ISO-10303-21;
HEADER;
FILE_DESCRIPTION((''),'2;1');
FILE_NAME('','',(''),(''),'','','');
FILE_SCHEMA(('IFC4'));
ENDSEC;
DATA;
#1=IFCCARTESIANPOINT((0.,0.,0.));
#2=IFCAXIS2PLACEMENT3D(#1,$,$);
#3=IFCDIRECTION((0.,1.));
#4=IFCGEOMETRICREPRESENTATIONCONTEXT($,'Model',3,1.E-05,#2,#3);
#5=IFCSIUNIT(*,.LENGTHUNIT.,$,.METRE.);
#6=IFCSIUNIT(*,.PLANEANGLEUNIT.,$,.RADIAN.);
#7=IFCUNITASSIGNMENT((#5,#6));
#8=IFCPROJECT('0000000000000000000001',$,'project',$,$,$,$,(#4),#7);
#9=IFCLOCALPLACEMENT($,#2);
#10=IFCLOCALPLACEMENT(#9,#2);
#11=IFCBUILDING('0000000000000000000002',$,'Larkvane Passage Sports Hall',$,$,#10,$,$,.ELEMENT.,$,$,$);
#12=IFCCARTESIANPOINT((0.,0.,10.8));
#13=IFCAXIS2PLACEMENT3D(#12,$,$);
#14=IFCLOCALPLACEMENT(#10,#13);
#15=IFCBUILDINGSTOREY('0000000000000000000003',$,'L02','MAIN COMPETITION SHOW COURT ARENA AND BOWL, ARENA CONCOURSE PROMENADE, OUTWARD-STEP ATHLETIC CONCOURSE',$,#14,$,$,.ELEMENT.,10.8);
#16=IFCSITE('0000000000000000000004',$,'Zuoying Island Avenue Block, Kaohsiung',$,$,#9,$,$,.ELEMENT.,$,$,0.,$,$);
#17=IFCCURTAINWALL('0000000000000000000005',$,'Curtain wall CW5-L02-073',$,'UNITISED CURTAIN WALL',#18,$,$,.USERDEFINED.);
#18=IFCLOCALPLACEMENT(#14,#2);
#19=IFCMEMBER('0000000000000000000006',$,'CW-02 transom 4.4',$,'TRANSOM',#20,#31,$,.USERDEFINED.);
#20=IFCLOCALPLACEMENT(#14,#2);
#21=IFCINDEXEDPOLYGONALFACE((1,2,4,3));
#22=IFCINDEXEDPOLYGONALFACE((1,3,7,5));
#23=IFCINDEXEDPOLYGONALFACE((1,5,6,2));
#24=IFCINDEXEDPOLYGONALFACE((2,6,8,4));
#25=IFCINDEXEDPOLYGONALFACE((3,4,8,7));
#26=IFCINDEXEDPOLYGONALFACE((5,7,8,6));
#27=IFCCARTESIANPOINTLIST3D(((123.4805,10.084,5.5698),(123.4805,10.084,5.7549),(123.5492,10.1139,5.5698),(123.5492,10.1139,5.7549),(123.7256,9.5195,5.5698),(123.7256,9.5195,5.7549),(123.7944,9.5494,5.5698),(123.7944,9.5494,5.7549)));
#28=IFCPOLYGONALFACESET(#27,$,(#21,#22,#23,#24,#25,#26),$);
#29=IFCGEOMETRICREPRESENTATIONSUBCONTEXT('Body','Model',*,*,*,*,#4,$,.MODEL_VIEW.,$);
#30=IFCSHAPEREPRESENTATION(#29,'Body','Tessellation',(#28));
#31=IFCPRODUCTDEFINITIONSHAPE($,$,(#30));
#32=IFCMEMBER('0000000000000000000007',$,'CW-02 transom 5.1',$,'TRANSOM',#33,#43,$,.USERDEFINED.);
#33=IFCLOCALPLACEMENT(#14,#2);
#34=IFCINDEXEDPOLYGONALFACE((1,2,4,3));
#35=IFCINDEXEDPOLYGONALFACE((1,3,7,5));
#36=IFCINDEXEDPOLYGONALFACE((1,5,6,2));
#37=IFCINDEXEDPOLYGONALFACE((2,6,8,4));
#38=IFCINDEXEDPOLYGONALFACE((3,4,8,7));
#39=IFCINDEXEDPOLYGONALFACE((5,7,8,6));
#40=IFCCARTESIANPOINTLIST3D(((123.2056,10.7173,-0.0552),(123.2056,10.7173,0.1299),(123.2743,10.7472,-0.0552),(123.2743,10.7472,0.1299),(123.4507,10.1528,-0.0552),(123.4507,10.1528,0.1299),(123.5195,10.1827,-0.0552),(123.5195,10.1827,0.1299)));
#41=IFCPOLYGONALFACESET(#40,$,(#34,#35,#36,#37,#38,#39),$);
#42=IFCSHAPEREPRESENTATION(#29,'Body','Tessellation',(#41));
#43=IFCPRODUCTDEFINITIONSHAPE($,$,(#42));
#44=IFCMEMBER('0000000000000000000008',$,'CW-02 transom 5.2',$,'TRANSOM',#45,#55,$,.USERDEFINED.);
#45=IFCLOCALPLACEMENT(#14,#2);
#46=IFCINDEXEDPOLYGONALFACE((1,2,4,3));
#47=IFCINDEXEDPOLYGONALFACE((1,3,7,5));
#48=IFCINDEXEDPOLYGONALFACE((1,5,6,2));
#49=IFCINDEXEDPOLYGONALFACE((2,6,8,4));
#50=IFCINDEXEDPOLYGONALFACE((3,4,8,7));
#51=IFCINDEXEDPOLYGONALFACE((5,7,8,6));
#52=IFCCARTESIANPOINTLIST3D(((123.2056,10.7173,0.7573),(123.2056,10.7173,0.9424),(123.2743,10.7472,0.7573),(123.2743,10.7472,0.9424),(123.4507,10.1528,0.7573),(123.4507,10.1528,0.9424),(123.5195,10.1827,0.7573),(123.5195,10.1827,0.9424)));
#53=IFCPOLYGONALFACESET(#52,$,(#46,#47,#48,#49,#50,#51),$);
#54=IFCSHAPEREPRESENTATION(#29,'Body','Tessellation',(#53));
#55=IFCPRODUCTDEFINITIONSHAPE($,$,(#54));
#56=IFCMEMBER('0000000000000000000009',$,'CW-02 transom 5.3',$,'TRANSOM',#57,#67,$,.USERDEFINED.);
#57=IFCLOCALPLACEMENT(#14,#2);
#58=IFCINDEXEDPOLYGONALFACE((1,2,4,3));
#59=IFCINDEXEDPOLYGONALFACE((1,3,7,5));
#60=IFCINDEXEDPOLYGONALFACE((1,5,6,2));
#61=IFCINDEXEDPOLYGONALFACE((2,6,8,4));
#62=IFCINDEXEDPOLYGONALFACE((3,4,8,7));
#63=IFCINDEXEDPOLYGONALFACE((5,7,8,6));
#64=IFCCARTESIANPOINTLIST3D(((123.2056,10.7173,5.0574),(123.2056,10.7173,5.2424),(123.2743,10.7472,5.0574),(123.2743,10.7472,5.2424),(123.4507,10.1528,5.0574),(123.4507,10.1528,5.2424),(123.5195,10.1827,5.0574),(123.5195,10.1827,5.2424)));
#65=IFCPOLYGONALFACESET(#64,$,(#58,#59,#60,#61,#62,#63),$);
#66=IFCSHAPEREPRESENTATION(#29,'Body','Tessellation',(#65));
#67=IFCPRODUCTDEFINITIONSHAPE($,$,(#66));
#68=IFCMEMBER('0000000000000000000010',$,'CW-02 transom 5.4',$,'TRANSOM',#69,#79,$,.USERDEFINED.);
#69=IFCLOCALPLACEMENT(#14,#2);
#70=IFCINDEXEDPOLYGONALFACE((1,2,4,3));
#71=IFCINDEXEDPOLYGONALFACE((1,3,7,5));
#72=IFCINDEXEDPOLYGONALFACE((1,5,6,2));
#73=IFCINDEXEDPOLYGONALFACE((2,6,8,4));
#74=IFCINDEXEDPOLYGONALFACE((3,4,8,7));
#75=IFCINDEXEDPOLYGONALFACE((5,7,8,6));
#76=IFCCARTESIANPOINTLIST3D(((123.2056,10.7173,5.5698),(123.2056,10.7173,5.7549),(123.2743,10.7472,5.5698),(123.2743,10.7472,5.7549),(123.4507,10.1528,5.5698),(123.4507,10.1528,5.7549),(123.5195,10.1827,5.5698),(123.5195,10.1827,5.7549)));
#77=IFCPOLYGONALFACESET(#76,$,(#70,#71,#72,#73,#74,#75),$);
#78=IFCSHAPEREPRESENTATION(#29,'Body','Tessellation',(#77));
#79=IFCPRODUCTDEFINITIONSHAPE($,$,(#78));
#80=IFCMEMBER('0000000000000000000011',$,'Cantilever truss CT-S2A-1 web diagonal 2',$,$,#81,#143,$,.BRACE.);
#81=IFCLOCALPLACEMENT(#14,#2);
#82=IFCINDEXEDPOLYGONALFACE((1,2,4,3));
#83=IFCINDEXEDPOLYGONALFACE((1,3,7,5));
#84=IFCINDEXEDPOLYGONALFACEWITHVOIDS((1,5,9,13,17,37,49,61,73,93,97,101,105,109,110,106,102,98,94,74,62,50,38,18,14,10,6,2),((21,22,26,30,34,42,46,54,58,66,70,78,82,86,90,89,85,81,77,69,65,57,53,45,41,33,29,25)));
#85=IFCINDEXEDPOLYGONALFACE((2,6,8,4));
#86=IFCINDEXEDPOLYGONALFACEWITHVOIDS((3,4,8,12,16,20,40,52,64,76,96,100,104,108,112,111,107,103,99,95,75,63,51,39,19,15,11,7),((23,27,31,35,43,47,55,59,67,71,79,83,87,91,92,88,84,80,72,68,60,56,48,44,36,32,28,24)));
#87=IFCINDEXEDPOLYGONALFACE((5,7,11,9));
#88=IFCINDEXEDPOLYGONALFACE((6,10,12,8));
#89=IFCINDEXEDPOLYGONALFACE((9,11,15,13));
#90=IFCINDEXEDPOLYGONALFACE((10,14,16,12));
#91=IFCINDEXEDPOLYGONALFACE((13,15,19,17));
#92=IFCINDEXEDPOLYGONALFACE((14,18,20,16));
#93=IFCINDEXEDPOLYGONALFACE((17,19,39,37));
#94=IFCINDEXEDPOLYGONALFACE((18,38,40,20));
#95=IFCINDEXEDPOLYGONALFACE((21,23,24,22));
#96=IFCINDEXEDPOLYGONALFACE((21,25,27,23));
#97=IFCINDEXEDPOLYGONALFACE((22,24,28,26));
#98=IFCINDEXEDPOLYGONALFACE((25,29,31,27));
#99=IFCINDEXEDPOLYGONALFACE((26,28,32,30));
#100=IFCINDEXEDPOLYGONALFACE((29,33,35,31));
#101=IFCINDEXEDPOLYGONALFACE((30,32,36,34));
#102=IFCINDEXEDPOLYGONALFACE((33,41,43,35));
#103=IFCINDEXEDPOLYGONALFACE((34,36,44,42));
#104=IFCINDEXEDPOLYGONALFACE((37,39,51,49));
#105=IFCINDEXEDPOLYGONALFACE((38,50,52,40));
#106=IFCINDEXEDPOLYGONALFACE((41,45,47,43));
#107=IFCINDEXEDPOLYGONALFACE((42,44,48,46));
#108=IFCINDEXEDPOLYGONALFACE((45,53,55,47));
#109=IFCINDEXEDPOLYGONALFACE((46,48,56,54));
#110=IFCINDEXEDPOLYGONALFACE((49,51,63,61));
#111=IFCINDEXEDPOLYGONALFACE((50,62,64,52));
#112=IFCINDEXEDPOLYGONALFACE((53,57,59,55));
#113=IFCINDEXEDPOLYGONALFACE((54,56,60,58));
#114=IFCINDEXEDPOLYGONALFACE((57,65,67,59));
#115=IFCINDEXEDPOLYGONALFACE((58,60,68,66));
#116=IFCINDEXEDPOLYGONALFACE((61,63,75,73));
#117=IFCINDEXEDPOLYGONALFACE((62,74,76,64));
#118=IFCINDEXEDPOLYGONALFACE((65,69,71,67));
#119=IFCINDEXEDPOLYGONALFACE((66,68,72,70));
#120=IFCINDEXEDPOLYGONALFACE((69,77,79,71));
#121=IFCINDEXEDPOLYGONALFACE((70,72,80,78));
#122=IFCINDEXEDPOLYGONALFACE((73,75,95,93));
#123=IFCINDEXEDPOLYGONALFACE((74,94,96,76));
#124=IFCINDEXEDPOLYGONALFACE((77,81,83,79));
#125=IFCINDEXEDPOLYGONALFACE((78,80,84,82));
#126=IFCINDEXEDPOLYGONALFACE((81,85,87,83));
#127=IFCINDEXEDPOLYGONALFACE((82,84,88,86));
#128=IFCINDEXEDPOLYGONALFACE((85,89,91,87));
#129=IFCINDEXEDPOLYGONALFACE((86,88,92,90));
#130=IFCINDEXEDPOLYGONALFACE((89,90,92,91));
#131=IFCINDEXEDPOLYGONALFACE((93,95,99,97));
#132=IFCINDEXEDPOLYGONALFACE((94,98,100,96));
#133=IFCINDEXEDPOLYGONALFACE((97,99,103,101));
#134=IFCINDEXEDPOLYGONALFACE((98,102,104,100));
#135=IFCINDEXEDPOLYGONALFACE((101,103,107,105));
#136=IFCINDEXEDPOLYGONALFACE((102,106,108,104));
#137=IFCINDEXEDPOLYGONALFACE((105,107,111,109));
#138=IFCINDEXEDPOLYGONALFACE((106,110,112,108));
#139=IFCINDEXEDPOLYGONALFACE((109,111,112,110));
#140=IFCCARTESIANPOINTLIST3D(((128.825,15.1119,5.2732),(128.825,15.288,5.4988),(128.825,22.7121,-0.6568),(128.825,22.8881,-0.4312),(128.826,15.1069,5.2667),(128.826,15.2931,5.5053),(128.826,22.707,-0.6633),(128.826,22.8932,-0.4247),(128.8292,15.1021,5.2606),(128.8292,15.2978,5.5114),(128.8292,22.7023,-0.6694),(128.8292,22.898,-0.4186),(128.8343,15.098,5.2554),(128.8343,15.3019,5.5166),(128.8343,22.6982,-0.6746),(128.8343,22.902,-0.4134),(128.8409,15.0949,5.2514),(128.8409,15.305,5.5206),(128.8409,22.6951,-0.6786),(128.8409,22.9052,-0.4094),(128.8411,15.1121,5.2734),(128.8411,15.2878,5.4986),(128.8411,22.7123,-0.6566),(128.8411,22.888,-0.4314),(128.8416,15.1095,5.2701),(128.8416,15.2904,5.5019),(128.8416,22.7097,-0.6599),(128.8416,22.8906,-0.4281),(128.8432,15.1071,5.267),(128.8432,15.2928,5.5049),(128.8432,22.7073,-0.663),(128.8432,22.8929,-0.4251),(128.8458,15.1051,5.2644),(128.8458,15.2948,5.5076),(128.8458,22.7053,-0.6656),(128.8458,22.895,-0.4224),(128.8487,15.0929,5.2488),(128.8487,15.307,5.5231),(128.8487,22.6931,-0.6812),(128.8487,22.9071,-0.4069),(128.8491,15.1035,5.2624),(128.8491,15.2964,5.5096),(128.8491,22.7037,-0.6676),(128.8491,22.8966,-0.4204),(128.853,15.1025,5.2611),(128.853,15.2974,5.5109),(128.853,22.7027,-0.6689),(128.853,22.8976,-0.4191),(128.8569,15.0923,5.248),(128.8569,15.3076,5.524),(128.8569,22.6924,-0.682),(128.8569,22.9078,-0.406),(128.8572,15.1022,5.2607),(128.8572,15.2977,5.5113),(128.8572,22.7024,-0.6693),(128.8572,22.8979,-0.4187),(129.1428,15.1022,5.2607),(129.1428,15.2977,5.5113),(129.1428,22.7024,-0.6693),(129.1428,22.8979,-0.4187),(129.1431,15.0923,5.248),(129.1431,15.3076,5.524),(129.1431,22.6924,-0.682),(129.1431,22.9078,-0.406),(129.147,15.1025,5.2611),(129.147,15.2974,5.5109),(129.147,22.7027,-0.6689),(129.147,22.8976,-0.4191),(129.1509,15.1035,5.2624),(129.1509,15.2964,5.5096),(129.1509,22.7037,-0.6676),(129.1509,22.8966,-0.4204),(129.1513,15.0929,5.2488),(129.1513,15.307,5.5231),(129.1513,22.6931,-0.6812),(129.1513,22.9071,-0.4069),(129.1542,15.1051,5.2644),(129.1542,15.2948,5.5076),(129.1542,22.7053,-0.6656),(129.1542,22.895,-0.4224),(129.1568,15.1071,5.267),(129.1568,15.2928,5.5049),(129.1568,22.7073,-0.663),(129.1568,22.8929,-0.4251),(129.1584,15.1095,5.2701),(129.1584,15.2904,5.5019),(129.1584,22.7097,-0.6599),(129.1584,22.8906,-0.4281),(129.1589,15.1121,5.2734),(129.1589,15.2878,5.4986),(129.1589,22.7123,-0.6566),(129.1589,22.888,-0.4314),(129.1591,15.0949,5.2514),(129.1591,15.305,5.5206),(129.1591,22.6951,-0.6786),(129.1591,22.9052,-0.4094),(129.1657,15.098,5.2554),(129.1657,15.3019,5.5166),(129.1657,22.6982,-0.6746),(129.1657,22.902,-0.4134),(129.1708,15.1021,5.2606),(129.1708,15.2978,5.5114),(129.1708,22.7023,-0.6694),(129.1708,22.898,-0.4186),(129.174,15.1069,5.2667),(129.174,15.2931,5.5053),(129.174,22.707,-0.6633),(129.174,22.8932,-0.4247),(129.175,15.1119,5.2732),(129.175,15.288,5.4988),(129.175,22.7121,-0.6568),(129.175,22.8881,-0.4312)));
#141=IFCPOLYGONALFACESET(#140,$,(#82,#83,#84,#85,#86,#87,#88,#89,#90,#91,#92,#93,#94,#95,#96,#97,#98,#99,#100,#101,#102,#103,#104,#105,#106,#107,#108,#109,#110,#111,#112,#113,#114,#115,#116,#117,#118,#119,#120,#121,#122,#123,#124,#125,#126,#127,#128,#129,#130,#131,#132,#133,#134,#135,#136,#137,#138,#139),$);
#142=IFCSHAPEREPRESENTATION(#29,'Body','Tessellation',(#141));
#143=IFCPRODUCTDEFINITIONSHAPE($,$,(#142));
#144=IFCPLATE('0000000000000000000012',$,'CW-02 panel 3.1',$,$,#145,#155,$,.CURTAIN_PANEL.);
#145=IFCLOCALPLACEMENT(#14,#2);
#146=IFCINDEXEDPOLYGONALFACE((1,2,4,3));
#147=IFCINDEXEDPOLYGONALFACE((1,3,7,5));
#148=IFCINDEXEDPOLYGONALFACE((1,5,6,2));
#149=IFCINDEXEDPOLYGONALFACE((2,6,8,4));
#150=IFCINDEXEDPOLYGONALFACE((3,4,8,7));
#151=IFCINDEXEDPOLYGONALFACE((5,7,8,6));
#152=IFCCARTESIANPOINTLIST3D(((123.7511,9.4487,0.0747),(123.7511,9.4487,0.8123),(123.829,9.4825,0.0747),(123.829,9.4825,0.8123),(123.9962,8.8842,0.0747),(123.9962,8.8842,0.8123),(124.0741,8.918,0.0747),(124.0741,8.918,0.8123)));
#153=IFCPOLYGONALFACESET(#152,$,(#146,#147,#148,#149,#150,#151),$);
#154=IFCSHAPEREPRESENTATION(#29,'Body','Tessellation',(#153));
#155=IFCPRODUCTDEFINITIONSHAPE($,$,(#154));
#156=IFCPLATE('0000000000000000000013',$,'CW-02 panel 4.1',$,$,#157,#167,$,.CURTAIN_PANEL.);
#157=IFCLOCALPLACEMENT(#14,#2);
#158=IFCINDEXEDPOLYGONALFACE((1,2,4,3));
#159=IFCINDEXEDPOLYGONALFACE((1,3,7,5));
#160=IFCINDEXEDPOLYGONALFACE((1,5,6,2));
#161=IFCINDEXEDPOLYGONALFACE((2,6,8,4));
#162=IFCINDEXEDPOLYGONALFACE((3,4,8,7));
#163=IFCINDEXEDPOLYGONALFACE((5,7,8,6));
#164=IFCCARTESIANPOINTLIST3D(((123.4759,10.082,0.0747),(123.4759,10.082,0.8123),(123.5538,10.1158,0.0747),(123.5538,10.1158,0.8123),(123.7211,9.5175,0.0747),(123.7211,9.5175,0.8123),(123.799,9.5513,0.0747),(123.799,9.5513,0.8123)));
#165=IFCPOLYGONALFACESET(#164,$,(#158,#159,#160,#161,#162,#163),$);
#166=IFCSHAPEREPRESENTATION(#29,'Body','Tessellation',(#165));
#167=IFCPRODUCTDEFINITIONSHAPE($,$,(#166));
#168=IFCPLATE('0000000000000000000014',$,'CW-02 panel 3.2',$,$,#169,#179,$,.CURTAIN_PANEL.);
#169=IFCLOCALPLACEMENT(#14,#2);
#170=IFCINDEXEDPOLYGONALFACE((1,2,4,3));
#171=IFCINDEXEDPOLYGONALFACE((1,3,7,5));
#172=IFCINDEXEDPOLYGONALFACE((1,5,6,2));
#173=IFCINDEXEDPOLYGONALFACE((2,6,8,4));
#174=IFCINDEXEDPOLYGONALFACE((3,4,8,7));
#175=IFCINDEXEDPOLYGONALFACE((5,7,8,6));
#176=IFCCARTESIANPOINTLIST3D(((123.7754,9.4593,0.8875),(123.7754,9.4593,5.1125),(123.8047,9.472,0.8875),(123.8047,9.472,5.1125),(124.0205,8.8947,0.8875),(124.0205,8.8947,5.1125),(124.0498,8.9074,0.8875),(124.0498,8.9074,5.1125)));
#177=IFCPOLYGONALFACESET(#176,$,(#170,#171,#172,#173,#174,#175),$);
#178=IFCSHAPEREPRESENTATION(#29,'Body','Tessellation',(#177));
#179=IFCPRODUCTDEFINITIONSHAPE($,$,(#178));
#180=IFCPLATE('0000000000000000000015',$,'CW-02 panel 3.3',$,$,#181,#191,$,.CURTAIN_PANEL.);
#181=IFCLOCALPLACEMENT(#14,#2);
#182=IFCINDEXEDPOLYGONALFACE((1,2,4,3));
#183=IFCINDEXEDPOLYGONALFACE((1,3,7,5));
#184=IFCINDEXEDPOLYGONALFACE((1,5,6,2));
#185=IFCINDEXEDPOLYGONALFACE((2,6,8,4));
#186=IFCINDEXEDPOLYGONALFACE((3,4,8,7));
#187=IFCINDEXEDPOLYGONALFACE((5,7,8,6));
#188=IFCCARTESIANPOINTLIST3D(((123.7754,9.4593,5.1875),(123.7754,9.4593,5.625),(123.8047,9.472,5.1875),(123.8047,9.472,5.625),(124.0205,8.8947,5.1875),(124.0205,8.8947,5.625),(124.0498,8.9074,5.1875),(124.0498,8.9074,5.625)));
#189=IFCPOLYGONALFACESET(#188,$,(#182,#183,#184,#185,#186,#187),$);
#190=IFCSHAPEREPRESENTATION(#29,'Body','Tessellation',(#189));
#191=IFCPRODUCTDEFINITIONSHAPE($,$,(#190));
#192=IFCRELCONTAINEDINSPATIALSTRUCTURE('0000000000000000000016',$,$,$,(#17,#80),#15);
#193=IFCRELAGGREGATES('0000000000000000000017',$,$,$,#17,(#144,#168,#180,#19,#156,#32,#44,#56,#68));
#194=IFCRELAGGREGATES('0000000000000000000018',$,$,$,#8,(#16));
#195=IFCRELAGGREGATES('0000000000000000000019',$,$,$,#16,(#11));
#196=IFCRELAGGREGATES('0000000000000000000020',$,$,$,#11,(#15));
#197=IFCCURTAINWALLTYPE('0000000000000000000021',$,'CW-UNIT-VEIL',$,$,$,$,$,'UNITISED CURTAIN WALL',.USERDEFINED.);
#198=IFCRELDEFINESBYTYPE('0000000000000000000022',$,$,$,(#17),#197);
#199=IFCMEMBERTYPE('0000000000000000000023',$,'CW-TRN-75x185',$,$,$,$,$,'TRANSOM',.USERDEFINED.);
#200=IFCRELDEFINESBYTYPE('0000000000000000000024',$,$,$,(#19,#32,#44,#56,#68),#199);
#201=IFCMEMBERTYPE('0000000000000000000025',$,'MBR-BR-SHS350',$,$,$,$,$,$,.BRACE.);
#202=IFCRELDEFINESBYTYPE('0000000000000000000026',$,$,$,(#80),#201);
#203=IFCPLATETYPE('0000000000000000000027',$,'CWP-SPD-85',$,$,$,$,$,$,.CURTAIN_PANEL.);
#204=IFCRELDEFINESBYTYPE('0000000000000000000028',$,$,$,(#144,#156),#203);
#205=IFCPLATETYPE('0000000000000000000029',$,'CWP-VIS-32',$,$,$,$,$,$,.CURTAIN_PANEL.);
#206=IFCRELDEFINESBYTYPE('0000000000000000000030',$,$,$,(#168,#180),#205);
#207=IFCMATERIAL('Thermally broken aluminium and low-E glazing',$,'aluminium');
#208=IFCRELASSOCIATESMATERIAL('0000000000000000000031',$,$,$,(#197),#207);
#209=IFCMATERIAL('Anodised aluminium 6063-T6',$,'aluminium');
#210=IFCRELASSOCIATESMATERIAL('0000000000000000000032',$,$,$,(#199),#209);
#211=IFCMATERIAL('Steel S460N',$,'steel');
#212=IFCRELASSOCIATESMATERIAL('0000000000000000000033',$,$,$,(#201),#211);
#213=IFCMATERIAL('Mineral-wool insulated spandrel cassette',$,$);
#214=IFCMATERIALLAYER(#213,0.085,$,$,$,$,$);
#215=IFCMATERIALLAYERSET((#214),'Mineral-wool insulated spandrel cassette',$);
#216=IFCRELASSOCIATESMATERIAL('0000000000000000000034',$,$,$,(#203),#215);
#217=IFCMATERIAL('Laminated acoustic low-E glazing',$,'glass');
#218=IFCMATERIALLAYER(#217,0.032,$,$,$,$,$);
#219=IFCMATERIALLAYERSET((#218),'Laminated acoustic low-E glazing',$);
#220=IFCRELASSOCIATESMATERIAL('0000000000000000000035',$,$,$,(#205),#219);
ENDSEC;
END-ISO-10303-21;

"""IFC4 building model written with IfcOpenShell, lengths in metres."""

from ifc_helpers import new_model, si_unit, direction, frame, origin, origin_2d, place, context, subcontext, project, spatial, rectangle, hollow_rectangle, extrude, material, layer, layer_set, material_profile, profile_set, type_object, element, aggregate, save


model = new_model("IFC4")

# Units and contexts
model_context = context("Model", 3, precision=1e-05, world=origin(), true_north=direction((0.0, 1.0)))
body_context = subcontext(model_context, "Body", "Model", "MODEL_VIEW")
ifc_project = project(units=[si_unit("LENGTHUNIT", "METRE"), si_unit("PLANEANGLEUNIT", "RADIAN")], contexts=[model_context])

# Site, building, storey
site_placement = place(None, origin())
site = spatial("IfcSite", under=ifc_project, at=site_placement, Name="Zuoying Island Avenue Block, Kaohsiung", CompositionType="ELEMENT", RefElevation=0.0)
building_placement = place(site_placement, origin())
building = spatial("IfcBuilding", under=site, at=building_placement, Name="Larkvane Passage Sports Hall", CompositionType="ELEMENT")
storey_placement = place(building_placement, frame((0.0, 0.0, 10.8)))
storey = spatial("IfcBuildingStorey", under=building, at=storey_placement, Name="L02", Description="MAIN COMPETITION SHOW COURT ARENA AND BOWL, ARENA CONCOURSE PROMENADE, OUTWARD-STEP ATHLETIC CONCOURSE", CompositionType="ELEMENT", Elevation=10.8)

# Shared definitions
ifc_material_1 = material(Name="Steel S460N", Category="steel")

# Curtain wall, members
ifc_material_2 = material(Name="Thermally broken aluminium and low-E glazing", Category="aluminium")
curtain_wall_type = type_object("IfcCurtainWallType", Name="CW-UNIT-VEIL", ElementType="UNITISED CURTAIN WALL", PredefinedType="USERDEFINED", material=ifc_material_2)
curtain_wall_placement = place(storey_placement, origin())
curtain_wall = element("IfcCurtainWall", 1, at=curtain_wall_placement, inside=storey, type_object=curtain_wall_type, Name="Curtain wall CW5-L02-073", ObjectType="UNITISED CURTAIN WALL", PredefinedType="USERDEFINED")
ifc_material_3 = material(Name="Anodised aluminium 6063-T6", Category="aluminium")
ifc_material_profile_1 = material_profile(ifc_material_3, rectangle(XDim=0.075, YDim=0.1851, at=origin_2d()), Name="ALU-TRN-75x185")
ifc_profile_set_1 = profile_set([ifc_material_profile_1], Name="Anodised aluminium 6063-T6")
member_type_1 = type_object("IfcMemberType", Name="CW-TRN-75x185", ElementType="TRANSOM", PredefinedType="USERDEFINED", material=ifc_profile_set_1)
member_1_placement = place(storey_placement, frame((123.76, 9.5344, 5.6624), z_axis=(-0.39832, 0.917247, 0.0), x_axis=(-0.917247, -0.39832, 0.0)))
member_1 = element("IfcMember", 2, at=member_1_placement, type_object=member_type_1, Name="CW-02 transom 4.4", ObjectType="TRANSOM", PredefinedType="USERDEFINED", context=body_context, shape_type="SweptSolid", body=[
    extrude(rectangle(XDim=0.075, YDim=0.1851, at=origin_2d()), origin(), (0.0, 0.0, 1.0), 0.6155),
])
member_2_placement = place(storey_placement, frame((123.4851, 10.1677, 0.0374), z_axis=(-0.39832, 0.917247, 0.0), x_axis=(-0.917247, -0.39832, 0.0)))
member_2 = element("IfcMember", 3, at=member_2_placement, type_object=member_type_1, Name="CW-02 transom 5.1", ObjectType="TRANSOM", PredefinedType="USERDEFINED", context=body_context, shape_type="SweptSolid", body=[
    extrude(rectangle(XDim=0.075, YDim=0.1851, at=origin_2d()), origin(), (0.0, 0.0, 1.0), 0.6155),
])
member_3_placement = place(storey_placement, frame((123.4851, 10.1677, 0.8499), z_axis=(-0.39832, 0.917247, 0.0), x_axis=(-0.917247, -0.39832, 0.0)))
member_3 = element("IfcMember", 4, at=member_3_placement, type_object=member_type_1, Name="CW-02 transom 5.2", ObjectType="TRANSOM", PredefinedType="USERDEFINED", context=body_context, shape_type="SweptSolid", body=[
    extrude(rectangle(XDim=0.075, YDim=0.1851, at=origin_2d()), origin(), (0.0, 0.0, 1.0), 0.6155),
])
member_4_placement = place(storey_placement, frame((123.4851, 10.1677, 5.1499), z_axis=(-0.39832, 0.917247, 0.0), x_axis=(-0.917247, -0.39832, 0.0)))
member_4 = element("IfcMember", 5, at=member_4_placement, type_object=member_type_1, Name="CW-02 transom 5.3", ObjectType="TRANSOM", PredefinedType="USERDEFINED", context=body_context, shape_type="SweptSolid", body=[
    extrude(rectangle(XDim=0.075, YDim=0.1851, at=origin_2d()), origin(), (0.0, 0.0, 1.0), 0.6155),
])
member_5_placement = place(storey_placement, frame((123.4851, 10.1677, 5.6624), z_axis=(-0.39832, 0.917247, 0.0), x_axis=(-0.917247, -0.39832, 0.0)))
member_5 = element("IfcMember", 6, at=member_5_placement, type_object=member_type_1, Name="CW-02 transom 5.4", ObjectType="TRANSOM", PredefinedType="USERDEFINED", context=body_context, shape_type="SweptSolid", body=[
    extrude(rectangle(XDim=0.075, YDim=0.1851, at=origin_2d()), origin(), (0.0, 0.0, 1.0), 0.6155),
])

# Member
ifc_material_profile_2 = material_profile(ifc_material_1, hollow_rectangle(XDim=0.3501, YDim=0.3501, WallThickness=0.0161, InnerFilletRadius=0.0161, OuterFilletRadius=0.032, at=origin_2d()), Name="SHS-350x350x16")
ifc_profile_set_2 = profile_set([ifc_material_profile_2], Name="Steel S460N")
member_type_2 = type_object("IfcMemberType", Name="MBR-BR-SHS350", PredefinedType="BRACE", material=ifc_profile_set_2)
member_6_placement = place(storey_placement, frame((129.0, 15.2, 5.386), z_axis=(0.0, 0.788409, -0.615151), x_axis=(-1.0, 0.0, 0.0)))
element("IfcMember", 7, at=member_6_placement, inside=storey, type_object=member_type_2, Name="Cantilever truss CT-S2A-1 web diagonal 2", PredefinedType="BRACE", context=body_context, shape_type="SweptSolid", body=[
    extrude(hollow_rectangle(XDim=0.3501, YDim=0.3501, WallThickness=0.0161, InnerFilletRadius=0.0161, OuterFilletRadius=0.032, at=origin_2d()), origin(), (0.0, 0.0, 1.0), 9.6399),
])

# Plates
ifc_material_4 = material(Name="Mineral-wool insulated spandrel cassette")
ifc_layer_1 = layer(ifc_material_4, 0.085)
ifc_layer_set_1 = layer_set([ifc_layer_1], Name="Mineral-wool insulated spandrel cassette")
plate_type_1 = type_object("IfcPlateType", Name="CWP-SPD-85", PredefinedType="CURTAIN_PANEL", material=ifc_layer_set_1)
plate_1_placement = place(storey_placement, frame((123.9126, 9.1833, 0.0747), z_axis=(0.0, 0.0, 1.0), x_axis=(-0.398283, 0.917263, 0.0)))
plate_1 = element("IfcPlate", 8, at=plate_1_placement, type_object=plate_type_1, Name="CW-02 panel 3.1", PredefinedType="CURTAIN_PANEL", context=body_context, shape_type="SweptSolid", body=[
    extrude(rectangle(XDim=0.6155, YDim=0.085, at=origin_2d()), origin(), (0.0, 0.0, 1.0), 0.7375),
])
plate_2_placement = place(storey_placement, frame((123.6375, 9.8167, 0.0747), z_axis=(0.0, 0.0, 1.0), x_axis=(-0.398283, 0.917263, 0.0)))
plate_2 = element("IfcPlate", 9, at=plate_2_placement, type_object=plate_type_1, Name="CW-02 panel 4.1", PredefinedType="CURTAIN_PANEL", context=body_context, shape_type="SweptSolid", body=[
    extrude(rectangle(XDim=0.6155, YDim=0.085, at=origin_2d()), origin(), (0.0, 0.0, 1.0), 0.7375),
])
ifc_material_5 = material(Name="Laminated acoustic low-E glazing", Category="glass")
ifc_layer_2 = layer(ifc_material_5, 0.032)
ifc_layer_set_2 = layer_set([ifc_layer_2], Name="Laminated acoustic low-E glazing")
plate_type_2 = type_object("IfcPlateType", Name="CWP-VIS-32", PredefinedType="CURTAIN_PANEL", material=ifc_layer_set_2)
plate_3_placement = place(storey_placement, frame((123.9126, 9.1833, 0.8875), z_axis=(0.0, 0.0, 1.0), x_axis=(-0.398283, 0.917263, 0.0)))
plate_3 = element("IfcPlate", 10, at=plate_3_placement, type_object=plate_type_2, Name="CW-02 panel 3.2", PredefinedType="CURTAIN_PANEL", context=body_context, shape_type="SweptSolid", body=[
    extrude(rectangle(XDim=0.6155, YDim=0.032, at=origin_2d()), origin(), (0.0, 0.0, 1.0), 4.2251),
])
plate_4_placement = place(storey_placement, frame((123.9126, 9.1833, 5.1875), z_axis=(0.0, 0.0, 1.0), x_axis=(-0.398283, 0.917263, 0.0)))
plate_4 = element("IfcPlate", 11, at=plate_4_placement, type_object=plate_type_2, Name="CW-02 panel 3.3", PredefinedType="CURTAIN_PANEL", context=body_context, shape_type="SweptSolid", body=[
    extrude(rectangle(XDim=0.6155, YDim=0.032, at=origin_2d()), origin(), (0.0, 0.0, 1.0), 0.4375),
])
aggregate(curtain_wall, [plate_1, plate_3, plate_4, member_1, plate_2, member_2, member_3, member_4, member_5])

save(model, "model.ifc")
